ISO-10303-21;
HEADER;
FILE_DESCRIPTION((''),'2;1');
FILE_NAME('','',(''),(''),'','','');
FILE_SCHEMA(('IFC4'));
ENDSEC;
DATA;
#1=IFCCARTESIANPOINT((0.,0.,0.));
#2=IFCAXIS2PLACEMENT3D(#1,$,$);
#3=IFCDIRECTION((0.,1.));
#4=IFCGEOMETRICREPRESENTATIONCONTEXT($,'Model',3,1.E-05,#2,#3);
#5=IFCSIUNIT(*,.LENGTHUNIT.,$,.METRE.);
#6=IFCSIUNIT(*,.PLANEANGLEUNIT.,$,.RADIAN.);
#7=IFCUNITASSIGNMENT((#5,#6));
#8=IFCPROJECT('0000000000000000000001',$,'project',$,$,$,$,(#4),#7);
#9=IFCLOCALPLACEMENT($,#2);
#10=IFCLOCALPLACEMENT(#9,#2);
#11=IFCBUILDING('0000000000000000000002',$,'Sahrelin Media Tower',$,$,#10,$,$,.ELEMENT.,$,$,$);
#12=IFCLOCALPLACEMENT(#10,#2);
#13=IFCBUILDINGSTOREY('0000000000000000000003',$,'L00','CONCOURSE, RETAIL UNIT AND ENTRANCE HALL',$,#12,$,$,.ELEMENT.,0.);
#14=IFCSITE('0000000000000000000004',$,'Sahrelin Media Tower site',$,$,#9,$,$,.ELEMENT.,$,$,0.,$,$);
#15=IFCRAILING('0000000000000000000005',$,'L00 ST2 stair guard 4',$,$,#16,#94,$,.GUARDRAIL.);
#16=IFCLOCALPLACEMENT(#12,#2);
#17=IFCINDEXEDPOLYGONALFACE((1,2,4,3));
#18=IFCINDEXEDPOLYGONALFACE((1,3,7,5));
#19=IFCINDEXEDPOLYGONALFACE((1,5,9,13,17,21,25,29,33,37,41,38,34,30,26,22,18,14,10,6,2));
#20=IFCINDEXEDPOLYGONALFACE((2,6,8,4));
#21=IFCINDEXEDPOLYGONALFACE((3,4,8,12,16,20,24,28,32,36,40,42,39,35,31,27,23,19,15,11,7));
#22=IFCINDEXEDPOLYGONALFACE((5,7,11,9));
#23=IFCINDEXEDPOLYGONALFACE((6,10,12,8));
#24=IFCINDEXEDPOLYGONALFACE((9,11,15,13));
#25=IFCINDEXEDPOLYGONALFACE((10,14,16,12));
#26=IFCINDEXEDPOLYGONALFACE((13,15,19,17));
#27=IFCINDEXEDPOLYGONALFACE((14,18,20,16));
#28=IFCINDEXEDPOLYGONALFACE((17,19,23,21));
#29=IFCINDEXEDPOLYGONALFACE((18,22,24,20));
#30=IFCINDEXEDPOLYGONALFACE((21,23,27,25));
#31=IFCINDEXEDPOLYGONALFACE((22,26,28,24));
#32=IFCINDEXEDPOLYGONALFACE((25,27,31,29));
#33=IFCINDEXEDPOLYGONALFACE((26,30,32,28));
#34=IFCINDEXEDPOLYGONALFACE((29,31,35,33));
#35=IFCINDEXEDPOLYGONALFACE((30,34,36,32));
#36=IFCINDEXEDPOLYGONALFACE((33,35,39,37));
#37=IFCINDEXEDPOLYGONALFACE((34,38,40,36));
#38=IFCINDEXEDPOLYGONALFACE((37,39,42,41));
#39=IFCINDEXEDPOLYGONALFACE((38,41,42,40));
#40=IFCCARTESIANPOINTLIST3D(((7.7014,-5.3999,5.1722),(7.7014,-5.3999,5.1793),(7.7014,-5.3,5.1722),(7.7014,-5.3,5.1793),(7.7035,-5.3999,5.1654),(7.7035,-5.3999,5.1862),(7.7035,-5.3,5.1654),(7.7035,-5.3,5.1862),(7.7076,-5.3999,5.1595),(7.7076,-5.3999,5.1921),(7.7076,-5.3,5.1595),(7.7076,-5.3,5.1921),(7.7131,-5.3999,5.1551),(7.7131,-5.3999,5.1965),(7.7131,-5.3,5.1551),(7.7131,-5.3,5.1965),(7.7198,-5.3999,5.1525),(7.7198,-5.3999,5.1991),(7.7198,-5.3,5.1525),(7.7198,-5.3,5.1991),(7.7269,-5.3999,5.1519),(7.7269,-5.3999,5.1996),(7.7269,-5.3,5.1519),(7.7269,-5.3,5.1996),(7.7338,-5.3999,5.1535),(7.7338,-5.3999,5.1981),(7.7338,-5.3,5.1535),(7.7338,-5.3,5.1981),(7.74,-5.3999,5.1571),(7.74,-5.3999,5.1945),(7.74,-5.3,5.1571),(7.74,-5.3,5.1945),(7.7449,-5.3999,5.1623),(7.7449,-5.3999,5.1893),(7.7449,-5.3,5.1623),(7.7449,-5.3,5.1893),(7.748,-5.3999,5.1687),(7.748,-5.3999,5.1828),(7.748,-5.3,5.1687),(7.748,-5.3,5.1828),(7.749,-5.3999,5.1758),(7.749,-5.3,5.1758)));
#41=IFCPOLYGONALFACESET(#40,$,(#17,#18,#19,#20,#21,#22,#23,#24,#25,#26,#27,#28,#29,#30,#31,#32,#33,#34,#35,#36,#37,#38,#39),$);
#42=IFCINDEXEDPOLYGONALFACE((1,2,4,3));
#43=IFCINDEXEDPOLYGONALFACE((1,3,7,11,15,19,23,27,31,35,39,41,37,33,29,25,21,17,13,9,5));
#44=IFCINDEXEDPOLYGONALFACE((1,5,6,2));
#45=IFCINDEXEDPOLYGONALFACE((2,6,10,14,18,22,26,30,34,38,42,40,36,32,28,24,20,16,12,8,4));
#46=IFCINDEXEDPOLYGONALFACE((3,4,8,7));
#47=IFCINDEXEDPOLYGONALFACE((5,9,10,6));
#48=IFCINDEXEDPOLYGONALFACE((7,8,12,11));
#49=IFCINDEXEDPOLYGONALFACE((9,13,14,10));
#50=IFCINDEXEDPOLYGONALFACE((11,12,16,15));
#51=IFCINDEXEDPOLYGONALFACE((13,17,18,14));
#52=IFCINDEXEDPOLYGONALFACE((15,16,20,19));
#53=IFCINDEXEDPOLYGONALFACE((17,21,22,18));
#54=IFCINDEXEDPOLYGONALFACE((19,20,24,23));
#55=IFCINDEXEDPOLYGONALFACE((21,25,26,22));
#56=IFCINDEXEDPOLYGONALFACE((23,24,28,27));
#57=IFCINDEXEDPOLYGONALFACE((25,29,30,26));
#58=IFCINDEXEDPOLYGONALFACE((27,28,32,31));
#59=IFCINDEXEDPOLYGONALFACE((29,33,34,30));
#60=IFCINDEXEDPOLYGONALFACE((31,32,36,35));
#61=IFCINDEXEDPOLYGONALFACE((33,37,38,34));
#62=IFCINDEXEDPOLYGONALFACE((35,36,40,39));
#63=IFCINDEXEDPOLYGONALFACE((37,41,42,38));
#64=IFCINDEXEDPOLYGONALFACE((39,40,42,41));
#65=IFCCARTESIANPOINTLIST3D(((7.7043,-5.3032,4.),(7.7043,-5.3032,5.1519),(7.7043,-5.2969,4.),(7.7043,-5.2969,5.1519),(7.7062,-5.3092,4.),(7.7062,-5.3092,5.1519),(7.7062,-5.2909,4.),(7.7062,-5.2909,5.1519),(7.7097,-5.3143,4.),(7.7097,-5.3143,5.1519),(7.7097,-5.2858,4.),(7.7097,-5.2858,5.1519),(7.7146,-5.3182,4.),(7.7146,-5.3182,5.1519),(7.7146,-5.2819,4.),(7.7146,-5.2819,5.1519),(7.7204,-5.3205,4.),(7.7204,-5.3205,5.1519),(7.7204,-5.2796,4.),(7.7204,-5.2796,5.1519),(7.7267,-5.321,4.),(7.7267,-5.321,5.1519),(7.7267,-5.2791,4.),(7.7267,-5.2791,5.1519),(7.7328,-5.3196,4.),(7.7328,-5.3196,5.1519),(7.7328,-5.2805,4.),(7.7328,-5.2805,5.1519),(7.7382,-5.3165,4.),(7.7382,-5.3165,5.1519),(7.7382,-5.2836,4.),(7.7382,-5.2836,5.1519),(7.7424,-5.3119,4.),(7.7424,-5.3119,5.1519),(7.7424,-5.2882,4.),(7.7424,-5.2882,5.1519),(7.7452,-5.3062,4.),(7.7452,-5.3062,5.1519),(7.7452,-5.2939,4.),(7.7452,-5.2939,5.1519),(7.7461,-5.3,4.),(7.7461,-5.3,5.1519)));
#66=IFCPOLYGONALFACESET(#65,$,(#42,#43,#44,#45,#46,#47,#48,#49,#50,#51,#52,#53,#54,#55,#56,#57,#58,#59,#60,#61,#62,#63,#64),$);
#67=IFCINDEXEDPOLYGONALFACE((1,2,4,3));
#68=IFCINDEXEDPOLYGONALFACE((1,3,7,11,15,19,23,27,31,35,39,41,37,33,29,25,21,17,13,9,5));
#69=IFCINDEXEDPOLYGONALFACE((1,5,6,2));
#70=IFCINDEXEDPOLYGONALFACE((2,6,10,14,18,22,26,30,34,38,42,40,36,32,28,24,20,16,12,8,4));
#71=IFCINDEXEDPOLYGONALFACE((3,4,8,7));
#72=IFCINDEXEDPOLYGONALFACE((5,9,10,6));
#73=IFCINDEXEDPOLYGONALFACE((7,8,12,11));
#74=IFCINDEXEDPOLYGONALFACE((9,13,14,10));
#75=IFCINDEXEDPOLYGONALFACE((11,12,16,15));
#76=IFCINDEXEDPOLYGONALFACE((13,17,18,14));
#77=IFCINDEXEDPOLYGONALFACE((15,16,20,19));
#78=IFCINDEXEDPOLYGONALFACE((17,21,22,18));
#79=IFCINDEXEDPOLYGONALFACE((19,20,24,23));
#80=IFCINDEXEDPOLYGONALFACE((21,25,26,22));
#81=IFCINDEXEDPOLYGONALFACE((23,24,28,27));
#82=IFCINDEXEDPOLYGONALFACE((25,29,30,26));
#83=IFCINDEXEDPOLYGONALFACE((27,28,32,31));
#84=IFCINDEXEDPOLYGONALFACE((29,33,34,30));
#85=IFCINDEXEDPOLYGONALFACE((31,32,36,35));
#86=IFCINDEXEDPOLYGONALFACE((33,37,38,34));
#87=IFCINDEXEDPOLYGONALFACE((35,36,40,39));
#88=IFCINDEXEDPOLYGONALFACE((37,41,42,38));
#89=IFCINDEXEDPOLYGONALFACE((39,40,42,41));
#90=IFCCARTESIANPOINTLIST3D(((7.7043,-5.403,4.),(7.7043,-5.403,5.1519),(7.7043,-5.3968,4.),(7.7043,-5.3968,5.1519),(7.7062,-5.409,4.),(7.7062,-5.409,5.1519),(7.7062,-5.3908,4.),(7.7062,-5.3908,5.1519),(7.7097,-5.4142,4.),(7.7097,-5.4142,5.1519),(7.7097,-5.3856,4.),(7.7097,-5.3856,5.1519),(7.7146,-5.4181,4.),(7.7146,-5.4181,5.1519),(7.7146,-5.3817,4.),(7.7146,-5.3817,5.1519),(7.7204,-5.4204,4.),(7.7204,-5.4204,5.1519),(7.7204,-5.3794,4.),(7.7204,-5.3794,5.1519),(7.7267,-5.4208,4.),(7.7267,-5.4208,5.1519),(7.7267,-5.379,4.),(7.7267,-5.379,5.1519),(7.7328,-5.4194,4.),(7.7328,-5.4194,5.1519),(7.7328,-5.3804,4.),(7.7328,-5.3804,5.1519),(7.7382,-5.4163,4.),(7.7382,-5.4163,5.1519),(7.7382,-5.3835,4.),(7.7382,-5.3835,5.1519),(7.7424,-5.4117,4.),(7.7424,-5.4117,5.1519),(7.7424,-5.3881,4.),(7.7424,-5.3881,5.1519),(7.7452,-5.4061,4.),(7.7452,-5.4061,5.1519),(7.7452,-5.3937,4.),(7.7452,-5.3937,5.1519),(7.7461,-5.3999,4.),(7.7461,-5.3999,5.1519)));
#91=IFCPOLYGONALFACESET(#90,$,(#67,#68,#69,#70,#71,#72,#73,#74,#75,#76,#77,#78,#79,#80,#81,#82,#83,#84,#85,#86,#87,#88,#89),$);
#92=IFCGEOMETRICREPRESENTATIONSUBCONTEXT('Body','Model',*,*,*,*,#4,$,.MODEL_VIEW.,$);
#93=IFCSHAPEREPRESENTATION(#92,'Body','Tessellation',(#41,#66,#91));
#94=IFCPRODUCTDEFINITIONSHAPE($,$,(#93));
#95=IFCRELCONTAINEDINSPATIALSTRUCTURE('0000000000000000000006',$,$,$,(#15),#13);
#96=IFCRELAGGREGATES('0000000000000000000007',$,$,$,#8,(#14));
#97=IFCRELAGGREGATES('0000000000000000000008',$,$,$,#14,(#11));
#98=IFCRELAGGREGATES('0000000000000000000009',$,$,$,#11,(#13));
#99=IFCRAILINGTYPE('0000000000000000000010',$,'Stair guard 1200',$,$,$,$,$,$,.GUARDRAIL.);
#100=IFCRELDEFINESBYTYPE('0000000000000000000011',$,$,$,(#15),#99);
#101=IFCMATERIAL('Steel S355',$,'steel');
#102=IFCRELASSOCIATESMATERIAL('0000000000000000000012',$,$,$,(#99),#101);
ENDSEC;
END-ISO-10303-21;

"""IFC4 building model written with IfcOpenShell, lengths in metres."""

from ifc_helpers import new_model, si_unit, direction, frame, origin, origin_2d, place, context, subcontext, project, spatial, circle, extrude, material, type_object, element, save


model = new_model("IFC4")

# Units and contexts
model_context = context("Model", 3, precision=1e-05, world=origin(), true_north=direction((0.0, 1.0)))
body_context = subcontext(model_context, "Body", "Model", "MODEL_VIEW")
ifc_project = project(units=[si_unit("LENGTHUNIT", "METRE"), si_unit("PLANEANGLEUNIT", "RADIAN")], contexts=[model_context])

# Site, building, storey
site_placement = place(None, origin())
site = spatial("IfcSite", under=ifc_project, at=site_placement, Name="Sahrelin Media Tower site", CompositionType="ELEMENT", RefElevation=0.0)
building_placement = place(site_placement, origin())
building = spatial("IfcBuilding", under=site, at=building_placement, Name="Sahrelin Media Tower", CompositionType="ELEMENT")
storey_placement = place(building_placement, origin())
storey = spatial("IfcBuildingStorey", under=building, at=storey_placement, Name="L00", Description="CONCOURSE, RETAIL UNIT AND ENTRANCE HALL", CompositionType="ELEMENT", Elevation=0.0)

# Shared definitions
ifc_material_1 = material(Name="Steel S355", Category="steel")

# Railing
railing_type_1 = type_object("IfcRailingType", Name="Stair guard 1200", PredefinedType="GUARDRAIL", material=ifc_material_1)
railing_1_placement = place(storey_placement, frame((7.7251, -5.3, 4.0)))
element("IfcRailing", 1, at=railing_1_placement, inside=storey, type_object=railing_type_1, Name="L00 ST2 stair guard 4", PredefinedType="GUARDRAIL", context=body_context, shape_type="SweptSolid", body=[
    extrude(circle(Radius=0.0239, at=origin_2d()), frame((0.0, 0.0, 1.1758), z_axis=(0.0, -1.0, 0.0), x_axis=(1.0, 0.0, 0.0)), (0.0, 0.0, 1.0), 0.0999),
    extrude(circle(Radius=0.021, at=origin_2d()), origin(), (0.0, 0.0, 1.0), 1.1519),
    extrude(circle(Radius=0.021, at=origin_2d()), frame((0.0, -0.0999, 0.0)), (0.0, 0.0, 1.0), 1.1519),
])

save(model, "model.ifc")
